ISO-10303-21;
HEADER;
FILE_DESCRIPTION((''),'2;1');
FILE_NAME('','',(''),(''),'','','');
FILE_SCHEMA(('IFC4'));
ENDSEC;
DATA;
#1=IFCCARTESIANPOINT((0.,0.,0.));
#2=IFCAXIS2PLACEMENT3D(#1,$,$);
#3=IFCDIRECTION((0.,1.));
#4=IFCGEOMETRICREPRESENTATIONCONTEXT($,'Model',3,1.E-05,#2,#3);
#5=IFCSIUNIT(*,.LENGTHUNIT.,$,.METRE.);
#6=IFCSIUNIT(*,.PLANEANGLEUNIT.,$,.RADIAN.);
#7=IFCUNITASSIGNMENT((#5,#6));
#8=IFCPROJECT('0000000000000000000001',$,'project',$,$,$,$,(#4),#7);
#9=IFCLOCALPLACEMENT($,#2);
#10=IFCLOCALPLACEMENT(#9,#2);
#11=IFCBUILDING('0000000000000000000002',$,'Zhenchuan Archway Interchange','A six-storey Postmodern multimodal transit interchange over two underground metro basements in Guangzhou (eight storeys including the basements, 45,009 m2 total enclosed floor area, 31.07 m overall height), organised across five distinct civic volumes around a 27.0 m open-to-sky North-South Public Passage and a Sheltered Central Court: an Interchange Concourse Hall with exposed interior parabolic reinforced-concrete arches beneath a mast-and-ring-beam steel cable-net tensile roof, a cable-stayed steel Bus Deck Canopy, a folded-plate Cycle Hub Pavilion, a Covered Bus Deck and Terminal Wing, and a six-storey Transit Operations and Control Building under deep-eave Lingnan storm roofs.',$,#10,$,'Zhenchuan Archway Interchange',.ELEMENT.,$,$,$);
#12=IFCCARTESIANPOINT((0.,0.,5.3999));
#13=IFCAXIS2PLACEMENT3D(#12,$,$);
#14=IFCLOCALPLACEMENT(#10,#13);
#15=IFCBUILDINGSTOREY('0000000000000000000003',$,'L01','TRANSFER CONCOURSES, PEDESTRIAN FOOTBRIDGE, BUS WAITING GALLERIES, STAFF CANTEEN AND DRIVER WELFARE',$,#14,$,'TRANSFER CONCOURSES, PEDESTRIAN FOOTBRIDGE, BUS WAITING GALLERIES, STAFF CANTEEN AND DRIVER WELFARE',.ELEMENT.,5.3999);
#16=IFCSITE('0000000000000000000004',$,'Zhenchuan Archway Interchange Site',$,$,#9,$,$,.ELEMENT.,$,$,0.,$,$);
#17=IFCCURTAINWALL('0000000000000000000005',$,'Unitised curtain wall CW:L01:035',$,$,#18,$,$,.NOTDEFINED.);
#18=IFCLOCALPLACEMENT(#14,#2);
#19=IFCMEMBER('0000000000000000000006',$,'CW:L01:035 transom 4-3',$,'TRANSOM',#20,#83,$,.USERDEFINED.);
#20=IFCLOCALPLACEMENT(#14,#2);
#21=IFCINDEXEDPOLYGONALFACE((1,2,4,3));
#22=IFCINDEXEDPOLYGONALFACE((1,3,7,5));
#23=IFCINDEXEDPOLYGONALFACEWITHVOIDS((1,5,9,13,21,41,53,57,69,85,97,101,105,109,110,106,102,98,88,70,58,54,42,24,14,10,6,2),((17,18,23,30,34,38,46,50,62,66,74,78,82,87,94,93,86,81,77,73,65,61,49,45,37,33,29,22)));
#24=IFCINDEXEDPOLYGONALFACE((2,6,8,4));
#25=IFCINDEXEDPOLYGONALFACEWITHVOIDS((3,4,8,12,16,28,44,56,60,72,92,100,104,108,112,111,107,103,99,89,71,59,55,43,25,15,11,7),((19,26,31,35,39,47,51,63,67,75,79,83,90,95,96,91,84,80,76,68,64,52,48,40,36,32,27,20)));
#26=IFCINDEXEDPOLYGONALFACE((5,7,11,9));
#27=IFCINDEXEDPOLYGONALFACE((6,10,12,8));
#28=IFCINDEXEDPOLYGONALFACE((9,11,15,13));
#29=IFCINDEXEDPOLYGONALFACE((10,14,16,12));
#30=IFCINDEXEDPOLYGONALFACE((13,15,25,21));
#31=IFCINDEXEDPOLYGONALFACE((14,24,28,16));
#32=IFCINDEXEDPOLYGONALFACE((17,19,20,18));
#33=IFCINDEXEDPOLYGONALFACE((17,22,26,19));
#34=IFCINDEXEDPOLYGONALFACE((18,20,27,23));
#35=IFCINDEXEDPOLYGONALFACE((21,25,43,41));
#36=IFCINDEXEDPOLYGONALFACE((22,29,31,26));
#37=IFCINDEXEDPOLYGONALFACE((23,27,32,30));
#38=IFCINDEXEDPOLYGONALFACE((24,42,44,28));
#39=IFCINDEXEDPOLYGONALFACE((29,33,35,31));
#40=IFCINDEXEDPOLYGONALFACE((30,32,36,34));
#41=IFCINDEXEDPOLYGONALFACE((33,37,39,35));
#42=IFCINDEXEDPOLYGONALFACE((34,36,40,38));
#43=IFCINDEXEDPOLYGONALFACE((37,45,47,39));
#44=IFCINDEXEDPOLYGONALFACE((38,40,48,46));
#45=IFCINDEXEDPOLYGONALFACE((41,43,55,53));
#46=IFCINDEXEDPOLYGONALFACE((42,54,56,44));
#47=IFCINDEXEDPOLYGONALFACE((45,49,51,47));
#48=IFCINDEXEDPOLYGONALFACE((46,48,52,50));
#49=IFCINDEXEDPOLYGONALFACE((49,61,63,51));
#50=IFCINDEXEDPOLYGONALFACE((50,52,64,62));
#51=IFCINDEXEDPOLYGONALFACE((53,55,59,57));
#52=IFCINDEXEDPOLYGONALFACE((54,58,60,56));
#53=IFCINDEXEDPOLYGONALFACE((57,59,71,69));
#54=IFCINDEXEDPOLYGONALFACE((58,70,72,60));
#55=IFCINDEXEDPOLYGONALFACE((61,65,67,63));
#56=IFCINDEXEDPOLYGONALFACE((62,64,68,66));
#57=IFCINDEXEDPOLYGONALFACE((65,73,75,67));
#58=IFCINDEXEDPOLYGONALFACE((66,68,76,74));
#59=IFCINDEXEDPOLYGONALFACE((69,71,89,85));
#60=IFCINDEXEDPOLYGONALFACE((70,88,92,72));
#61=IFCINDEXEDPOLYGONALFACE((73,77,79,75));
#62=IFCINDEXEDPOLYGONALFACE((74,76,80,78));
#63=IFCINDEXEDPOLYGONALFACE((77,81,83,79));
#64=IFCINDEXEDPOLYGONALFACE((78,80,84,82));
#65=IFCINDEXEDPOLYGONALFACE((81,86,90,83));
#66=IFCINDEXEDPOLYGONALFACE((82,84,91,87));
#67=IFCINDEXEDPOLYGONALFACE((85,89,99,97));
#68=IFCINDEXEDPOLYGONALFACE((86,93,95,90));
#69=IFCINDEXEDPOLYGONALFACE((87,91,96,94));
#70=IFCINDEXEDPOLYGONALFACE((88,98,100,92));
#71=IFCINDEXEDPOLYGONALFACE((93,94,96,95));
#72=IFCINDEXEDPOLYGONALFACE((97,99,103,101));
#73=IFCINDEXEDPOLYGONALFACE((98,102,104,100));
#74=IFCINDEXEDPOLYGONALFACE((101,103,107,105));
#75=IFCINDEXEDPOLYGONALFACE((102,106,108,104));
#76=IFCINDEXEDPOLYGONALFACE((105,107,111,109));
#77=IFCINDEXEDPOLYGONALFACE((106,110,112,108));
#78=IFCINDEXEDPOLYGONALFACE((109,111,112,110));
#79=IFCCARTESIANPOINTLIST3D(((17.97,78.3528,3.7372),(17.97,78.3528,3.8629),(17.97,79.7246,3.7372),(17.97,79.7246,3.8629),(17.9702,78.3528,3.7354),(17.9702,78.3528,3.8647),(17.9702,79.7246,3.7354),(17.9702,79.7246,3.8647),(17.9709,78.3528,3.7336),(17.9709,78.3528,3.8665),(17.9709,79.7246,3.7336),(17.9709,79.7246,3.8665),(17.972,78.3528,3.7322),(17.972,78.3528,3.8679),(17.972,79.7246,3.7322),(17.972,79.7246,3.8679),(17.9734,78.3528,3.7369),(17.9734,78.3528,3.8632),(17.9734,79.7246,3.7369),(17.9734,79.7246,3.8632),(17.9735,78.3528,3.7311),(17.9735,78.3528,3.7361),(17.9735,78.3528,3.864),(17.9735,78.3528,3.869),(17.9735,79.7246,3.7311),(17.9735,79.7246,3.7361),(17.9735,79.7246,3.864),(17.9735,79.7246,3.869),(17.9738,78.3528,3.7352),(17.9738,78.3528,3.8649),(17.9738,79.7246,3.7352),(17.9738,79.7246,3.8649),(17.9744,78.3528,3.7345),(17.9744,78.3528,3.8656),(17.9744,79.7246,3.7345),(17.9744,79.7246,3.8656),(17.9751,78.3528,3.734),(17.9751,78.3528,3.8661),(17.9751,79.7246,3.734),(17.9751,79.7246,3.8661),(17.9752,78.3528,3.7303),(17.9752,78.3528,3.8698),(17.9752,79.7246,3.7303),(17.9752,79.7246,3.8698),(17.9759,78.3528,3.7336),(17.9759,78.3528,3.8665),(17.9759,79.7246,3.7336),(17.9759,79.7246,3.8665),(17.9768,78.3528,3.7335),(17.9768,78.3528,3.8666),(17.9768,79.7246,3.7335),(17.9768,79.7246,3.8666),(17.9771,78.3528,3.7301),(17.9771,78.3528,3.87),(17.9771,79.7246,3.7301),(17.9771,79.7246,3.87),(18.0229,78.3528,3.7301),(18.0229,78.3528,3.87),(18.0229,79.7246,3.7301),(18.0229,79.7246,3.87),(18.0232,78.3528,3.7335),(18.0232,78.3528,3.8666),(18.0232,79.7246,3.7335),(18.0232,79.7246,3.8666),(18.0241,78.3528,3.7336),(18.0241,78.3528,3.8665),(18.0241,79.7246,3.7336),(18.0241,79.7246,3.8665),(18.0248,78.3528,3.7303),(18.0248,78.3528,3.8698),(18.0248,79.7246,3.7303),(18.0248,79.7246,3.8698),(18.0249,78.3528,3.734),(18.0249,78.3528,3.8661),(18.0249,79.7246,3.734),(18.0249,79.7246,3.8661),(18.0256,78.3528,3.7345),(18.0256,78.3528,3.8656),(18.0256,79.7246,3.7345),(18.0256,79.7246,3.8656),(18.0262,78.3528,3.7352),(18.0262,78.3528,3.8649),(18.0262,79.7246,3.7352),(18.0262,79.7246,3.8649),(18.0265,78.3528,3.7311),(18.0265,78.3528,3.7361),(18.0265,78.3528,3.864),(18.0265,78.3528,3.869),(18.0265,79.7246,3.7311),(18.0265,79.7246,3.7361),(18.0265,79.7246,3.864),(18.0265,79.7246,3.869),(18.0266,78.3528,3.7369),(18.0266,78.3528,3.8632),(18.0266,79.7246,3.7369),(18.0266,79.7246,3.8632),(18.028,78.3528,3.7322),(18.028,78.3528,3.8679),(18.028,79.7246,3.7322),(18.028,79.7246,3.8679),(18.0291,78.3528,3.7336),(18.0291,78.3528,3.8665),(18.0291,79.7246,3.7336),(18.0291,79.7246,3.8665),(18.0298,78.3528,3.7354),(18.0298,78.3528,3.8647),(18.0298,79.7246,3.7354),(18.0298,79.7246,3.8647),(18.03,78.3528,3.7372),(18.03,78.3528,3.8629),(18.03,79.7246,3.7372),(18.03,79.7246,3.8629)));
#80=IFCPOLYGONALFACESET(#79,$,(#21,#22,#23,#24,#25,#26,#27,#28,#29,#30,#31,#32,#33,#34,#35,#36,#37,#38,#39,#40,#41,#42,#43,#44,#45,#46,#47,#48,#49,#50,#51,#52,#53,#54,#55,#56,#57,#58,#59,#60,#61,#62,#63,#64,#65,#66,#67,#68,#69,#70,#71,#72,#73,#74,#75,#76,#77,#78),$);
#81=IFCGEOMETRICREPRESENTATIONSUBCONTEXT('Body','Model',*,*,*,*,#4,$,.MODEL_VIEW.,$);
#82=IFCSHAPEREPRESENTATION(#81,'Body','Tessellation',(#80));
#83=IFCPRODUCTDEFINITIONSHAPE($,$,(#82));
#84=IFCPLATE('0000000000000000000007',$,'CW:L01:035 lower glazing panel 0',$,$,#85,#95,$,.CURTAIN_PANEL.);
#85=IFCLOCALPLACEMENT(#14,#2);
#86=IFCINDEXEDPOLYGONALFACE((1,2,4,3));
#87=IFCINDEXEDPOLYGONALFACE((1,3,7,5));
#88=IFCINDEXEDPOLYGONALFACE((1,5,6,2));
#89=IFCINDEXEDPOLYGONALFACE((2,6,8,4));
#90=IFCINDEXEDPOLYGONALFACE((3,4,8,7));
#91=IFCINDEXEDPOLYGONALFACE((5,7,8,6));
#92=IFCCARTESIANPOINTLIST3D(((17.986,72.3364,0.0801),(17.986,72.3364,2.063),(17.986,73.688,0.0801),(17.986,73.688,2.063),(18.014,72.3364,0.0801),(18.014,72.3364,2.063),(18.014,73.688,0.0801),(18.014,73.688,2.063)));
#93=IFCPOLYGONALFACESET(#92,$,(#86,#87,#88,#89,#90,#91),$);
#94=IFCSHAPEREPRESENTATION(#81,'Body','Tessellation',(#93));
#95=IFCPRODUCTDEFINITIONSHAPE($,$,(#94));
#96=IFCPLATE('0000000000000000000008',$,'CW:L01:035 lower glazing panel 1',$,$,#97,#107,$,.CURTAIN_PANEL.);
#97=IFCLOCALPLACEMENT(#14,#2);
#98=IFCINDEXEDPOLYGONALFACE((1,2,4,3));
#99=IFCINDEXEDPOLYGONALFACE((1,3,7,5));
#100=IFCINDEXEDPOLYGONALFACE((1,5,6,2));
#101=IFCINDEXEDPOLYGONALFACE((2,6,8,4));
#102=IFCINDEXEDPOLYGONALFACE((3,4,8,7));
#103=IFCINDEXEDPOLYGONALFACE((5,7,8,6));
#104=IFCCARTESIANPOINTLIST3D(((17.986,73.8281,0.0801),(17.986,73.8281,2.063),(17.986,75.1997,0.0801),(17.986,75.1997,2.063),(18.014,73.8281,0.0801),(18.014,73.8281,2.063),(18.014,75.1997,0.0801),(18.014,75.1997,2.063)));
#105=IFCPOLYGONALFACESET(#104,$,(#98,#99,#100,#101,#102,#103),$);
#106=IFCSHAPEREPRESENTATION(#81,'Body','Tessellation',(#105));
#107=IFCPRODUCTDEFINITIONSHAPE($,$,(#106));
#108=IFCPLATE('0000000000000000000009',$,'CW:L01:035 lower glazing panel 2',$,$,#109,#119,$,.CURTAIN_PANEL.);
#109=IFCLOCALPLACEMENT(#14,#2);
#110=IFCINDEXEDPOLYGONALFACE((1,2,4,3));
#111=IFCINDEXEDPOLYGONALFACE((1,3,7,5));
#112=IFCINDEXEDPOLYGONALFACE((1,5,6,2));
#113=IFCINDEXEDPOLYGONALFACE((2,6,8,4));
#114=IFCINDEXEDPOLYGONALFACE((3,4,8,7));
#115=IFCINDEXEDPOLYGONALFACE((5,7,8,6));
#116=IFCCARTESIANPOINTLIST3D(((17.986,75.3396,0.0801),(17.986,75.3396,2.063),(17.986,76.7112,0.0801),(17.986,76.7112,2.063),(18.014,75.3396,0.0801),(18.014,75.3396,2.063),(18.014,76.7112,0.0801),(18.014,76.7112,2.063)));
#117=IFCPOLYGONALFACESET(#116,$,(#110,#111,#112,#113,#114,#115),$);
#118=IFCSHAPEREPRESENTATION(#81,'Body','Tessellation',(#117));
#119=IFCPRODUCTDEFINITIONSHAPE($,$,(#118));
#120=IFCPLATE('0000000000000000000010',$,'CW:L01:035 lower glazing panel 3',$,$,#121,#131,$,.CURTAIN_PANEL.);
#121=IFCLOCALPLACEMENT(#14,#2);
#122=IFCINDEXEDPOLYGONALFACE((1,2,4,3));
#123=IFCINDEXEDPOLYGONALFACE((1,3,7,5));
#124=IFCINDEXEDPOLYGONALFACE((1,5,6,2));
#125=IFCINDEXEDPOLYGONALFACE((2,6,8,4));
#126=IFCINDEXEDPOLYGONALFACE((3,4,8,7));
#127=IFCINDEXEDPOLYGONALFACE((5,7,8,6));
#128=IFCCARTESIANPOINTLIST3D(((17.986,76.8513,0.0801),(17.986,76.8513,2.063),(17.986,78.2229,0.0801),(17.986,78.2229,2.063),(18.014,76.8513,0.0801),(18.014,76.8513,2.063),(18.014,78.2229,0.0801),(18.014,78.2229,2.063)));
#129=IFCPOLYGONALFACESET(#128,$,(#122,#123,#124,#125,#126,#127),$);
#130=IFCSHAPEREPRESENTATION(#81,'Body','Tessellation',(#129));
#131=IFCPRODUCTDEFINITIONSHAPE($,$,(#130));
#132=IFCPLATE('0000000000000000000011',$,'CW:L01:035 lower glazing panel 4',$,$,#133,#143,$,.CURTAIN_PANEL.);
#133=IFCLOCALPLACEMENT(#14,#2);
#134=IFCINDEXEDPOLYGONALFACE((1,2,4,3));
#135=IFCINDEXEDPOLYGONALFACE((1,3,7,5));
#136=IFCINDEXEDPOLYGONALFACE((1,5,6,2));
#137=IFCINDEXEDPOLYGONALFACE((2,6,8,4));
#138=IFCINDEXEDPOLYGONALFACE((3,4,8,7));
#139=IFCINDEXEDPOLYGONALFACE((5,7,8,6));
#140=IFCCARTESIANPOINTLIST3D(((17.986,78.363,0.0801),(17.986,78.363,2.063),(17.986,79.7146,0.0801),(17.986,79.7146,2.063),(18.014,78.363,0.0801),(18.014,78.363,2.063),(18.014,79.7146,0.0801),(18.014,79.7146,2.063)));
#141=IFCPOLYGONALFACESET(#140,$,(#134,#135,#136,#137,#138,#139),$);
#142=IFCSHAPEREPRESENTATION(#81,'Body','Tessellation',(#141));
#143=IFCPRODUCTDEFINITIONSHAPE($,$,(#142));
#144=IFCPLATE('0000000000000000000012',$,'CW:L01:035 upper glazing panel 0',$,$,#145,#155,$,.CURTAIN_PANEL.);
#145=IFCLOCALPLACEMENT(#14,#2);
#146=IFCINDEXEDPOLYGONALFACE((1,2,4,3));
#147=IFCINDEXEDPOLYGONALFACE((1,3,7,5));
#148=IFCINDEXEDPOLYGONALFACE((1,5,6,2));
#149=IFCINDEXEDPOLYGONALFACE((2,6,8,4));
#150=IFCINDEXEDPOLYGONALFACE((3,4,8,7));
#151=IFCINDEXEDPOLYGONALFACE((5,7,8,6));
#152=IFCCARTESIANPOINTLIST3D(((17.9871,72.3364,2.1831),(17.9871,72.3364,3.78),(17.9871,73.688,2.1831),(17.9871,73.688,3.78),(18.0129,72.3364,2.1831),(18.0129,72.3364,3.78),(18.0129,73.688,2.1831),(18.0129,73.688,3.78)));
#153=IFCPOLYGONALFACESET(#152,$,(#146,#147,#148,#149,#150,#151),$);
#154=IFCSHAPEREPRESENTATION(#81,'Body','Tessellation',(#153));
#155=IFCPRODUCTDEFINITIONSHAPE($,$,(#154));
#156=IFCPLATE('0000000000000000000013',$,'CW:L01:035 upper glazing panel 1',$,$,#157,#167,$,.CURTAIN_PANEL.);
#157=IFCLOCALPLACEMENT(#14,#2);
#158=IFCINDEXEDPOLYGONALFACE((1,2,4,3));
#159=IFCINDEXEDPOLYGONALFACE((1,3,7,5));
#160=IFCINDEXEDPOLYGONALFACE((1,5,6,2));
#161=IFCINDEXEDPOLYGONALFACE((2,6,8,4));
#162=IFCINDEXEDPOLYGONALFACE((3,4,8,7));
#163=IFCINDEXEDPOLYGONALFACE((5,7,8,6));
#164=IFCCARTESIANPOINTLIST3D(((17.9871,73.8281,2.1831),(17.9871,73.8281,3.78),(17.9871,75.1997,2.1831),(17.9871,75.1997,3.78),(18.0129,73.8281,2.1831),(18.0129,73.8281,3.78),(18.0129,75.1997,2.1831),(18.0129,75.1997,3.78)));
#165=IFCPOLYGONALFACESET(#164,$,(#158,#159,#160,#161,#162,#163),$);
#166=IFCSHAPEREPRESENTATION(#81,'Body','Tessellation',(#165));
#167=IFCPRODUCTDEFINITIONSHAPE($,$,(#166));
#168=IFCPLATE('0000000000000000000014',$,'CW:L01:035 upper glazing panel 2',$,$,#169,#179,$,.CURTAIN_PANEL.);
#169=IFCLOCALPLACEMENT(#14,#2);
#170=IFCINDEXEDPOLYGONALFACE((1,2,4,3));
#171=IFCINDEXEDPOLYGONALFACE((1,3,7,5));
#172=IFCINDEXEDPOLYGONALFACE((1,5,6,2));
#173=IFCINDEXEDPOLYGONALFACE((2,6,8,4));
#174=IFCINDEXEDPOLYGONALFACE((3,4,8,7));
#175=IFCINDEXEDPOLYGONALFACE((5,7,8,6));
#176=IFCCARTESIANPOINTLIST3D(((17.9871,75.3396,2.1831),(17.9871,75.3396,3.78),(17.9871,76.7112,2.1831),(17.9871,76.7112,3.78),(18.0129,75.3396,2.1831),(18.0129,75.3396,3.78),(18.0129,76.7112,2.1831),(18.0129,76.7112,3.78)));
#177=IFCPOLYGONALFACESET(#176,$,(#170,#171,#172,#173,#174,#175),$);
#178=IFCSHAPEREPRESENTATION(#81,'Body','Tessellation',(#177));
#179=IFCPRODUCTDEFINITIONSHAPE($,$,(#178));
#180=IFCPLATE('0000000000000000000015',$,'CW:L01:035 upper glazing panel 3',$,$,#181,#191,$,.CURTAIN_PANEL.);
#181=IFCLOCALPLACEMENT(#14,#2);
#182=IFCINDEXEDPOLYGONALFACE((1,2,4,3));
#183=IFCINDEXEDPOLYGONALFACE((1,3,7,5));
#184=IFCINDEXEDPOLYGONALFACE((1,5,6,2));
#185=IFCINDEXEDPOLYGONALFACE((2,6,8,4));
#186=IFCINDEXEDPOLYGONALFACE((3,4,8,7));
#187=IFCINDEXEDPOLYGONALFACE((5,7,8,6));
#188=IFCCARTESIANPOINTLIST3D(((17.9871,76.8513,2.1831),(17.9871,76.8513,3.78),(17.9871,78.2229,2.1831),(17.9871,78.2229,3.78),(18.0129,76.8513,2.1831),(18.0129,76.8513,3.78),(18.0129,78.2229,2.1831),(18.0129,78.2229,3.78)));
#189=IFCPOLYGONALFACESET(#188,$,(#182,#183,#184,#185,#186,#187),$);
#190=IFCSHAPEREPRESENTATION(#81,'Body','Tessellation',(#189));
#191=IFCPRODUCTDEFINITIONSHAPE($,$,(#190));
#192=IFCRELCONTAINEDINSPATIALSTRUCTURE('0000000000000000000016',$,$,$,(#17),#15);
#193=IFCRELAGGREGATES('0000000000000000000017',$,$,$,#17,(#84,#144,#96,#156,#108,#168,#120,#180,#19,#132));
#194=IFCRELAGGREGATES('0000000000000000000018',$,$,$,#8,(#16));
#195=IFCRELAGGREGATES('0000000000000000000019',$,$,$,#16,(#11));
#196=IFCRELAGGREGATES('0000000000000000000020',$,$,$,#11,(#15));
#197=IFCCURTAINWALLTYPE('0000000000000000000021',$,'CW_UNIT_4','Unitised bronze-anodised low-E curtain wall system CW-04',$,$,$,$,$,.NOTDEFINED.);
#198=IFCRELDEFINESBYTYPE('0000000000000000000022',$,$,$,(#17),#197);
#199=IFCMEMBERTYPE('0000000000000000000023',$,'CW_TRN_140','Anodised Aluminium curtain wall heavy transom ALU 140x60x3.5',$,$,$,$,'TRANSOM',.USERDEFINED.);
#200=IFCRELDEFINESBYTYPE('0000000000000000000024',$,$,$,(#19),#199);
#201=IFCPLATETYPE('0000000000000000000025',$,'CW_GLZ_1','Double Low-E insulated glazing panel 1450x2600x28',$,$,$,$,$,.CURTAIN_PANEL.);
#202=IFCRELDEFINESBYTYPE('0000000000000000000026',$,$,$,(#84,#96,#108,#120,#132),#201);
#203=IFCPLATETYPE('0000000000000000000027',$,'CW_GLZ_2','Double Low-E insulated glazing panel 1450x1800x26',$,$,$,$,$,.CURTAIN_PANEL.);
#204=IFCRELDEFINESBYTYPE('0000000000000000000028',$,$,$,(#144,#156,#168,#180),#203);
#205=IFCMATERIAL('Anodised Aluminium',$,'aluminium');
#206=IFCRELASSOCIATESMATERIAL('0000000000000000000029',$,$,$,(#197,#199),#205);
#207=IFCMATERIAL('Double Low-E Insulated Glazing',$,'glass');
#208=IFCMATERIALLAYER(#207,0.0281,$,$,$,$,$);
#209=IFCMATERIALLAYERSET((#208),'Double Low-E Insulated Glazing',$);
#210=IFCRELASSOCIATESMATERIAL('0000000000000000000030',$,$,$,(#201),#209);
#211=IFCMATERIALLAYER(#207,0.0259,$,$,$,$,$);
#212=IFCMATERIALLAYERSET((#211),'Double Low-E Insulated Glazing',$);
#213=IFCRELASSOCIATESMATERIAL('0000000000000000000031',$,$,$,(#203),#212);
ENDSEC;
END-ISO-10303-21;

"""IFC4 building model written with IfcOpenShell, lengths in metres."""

from ifc_helpers import new_model, si_unit, direction, frame, origin, origin_2d, place, context, subcontext, project, spatial, rectangle, hollow_rectangle, extrude, material, layer, layer_set, material_profile, profile_set, type_object, element, aggregate, save


model = new_model("IFC4")

# Units and contexts
model_context = context("Model", 3, precision=1e-05, world=origin(), true_north=direction((0.0, 1.0)))
body_context = subcontext(model_context, "Body", "Model", "MODEL_VIEW")
ifc_project = project(units=[si_unit("LENGTHUNIT", "METRE"), si_unit("PLANEANGLEUNIT", "RADIAN")], contexts=[model_context])

# Site, building, storey
site_placement = place(None, origin())
site = spatial("IfcSite", under=ifc_project, at=site_placement, Name="Zhenchuan Archway Interchange Site", CompositionType="ELEMENT", RefElevation=0.0)
building_placement = place(site_placement, origin())
building = spatial("IfcBuilding", under=site, at=building_placement, Name="Zhenchuan Archway Interchange", Description="A six-storey Postmodern multimodal transit interchange over two underground metro basements in Guangzhou (eight storeys including the basements, 45,009 m2 total enclosed floor area, 31.07 m overall height), organised across five distinct civic volumes around a 27.0 m open-to-sky North-South Public Passage and a Sheltered Central Court: an Interchange Concourse Hall with exposed interior parabolic reinforced-concrete arches beneath a mast-and-ring-beam steel cable-net tensile roof, a cable-stayed steel Bus Deck Canopy, a folded-plate Cycle Hub Pavilion, a Covered Bus Deck and Terminal Wing, and a six-storey Transit Operations and Control Building under deep-eave Lingnan storm roofs.", LongName="Zhenchuan Archway Interchange", CompositionType="ELEMENT")
storey_placement = place(building_placement, frame((0.0, 0.0, 5.3999)))
storey = spatial("IfcBuildingStorey", under=building, at=storey_placement, Name="L01", Description="TRANSFER CONCOURSES, PEDESTRIAN FOOTBRIDGE, BUS WAITING GALLERIES, STAFF CANTEEN AND DRIVER WELFARE", LongName="TRANSFER CONCOURSES, PEDESTRIAN FOOTBRIDGE, BUS WAITING GALLERIES, STAFF CANTEEN AND DRIVER WELFARE", CompositionType="ELEMENT", Elevation=5.3999)

# Curtain wall, member, plates
ifc_material_1 = material(Name="Anodised Aluminium", Category="aluminium")
curtain_wall_type = type_object("IfcCurtainWallType", Name="CW_UNIT_4", Description="Unitised bronze-anodised low-E curtain wall system CW-04", PredefinedType="NOTDEFINED", material=ifc_material_1)
curtain_wall_placement = place(storey_placement, origin())
curtain_wall = element("IfcCurtainWall", 1, at=curtain_wall_placement, inside=storey, type_object=curtain_wall_type, Name="Unitised curtain wall CW:L01:035", PredefinedType="NOTDEFINED")
ifc_material_profile_1 = material_profile(ifc_material_1, hollow_rectangle(XDim=0.0601, YDim=0.1399, WallThickness=0.0034, InnerFilletRadius=0.0034, OuterFilletRadius=0.0071, at=origin_2d()), Name="ALU 140x60x3.5")
ifc_profile_set_1 = profile_set([ifc_material_profile_1], Name="Anodised Aluminium")
member_type_1 = type_object("IfcMemberType", Name="CW_TRN_140", Description="Anodised Aluminium curtain wall heavy transom ALU 140x60x3.5", ElementType="TRANSOM", PredefinedType="USERDEFINED", material=ifc_profile_set_1)
member_1_placement = place(storey_placement, frame((18.0, 78.3528, 3.8), z_axis=(0.0, 1.0, 0.0), x_axis=(-1.0, 0.0, 0.0)))
member_1 = element("IfcMember", 2, at=member_1_placement, type_object=member_type_1, Name="CW:L01:035 transom 4-3", ObjectType="TRANSOM", PredefinedType="USERDEFINED", context=body_context, shape_type="SweptSolid", body=[
    extrude(hollow_rectangle(XDim=0.0601, YDim=0.1399, WallThickness=0.0034, InnerFilletRadius=0.0034, OuterFilletRadius=0.0071, at=origin_2d()), origin(), (0.0, 0.0, 1.0), 1.3718),
])
ifc_material_2 = material(Name="Double Low-E Insulated Glazing", Category="glass")
ifc_layer_1 = layer(ifc_material_2, 0.0281)
ifc_layer_set_1 = layer_set([ifc_layer_1], Name="Double Low-E Insulated Glazing")
plate_type_1 = type_object("IfcPlateType", Name="CW_GLZ_1", Description="Double Low-E insulated glazing panel 1450x2600x28", PredefinedType="CURTAIN_PANEL", material=ifc_layer_set_1)
plate_1_placement = place(storey_placement, frame((18.0, 73.0122, 0.0801), z_axis=(0.0, 0.0, 1.0), x_axis=(0.0, 1.0, 0.0)))
plate_1 = element("IfcPlate", 3, at=plate_1_placement, type_object=plate_type_1, Name="CW:L01:035 lower glazing panel 0", PredefinedType="CURTAIN_PANEL", context=body_context, shape_type="SweptSolid", body=[
    extrude(rectangle(XDim=1.3516, YDim=0.0281, at=origin_2d()), origin(), (0.0, 0.0, 1.0), 1.9829),
])
plate_2_placement = place(storey_placement, frame((18.0, 74.5139, 0.0801), z_axis=(0.0, 0.0, 1.0), x_axis=(0.0, 1.0, 0.0)))
plate_2 = element("IfcPlate", 4, at=plate_2_placement, type_object=plate_type_1, Name="CW:L01:035 lower glazing panel 1", PredefinedType="CURTAIN_PANEL", context=body_context, shape_type="SweptSolid", body=[
    extrude(rectangle(XDim=1.3716, YDim=0.0281, at=origin_2d()), origin(), (0.0, 0.0, 1.0), 1.9829),
])
plate_3_placement = place(storey_placement, frame((18.0, 76.0254, 0.0801), z_axis=(0.0, 0.0, 1.0), x_axis=(0.0, 1.0, 0.0)))
plate_3 = element("IfcPlate", 5, at=plate_3_placement, type_object=plate_type_1, Name="CW:L01:035 lower glazing panel 2", PredefinedType="CURTAIN_PANEL", context=body_context, shape_type="SweptSolid", body=[
    extrude(rectangle(XDim=1.3716, YDim=0.0281, at=origin_2d()), origin(), (0.0, 0.0, 1.0), 1.9829),
])
plate_4_placement = place(storey_placement, frame((18.0, 77.5371, 0.0801), z_axis=(0.0, 0.0, 1.0), x_axis=(0.0, 1.0, 0.0)))
plate_4 = element("IfcPlate", 6, at=plate_4_placement, type_object=plate_type_1, Name="CW:L01:035 lower glazing panel 3", PredefinedType="CURTAIN_PANEL", context=body_context, shape_type="SweptSolid", body=[
    extrude(rectangle(XDim=1.3716, YDim=0.0281, at=origin_2d()), origin(), (0.0, 0.0, 1.0), 1.9829),
])
plate_5_placement = place(storey_placement, frame((18.0, 79.0388, 0.0801), z_axis=(0.0, 0.0, 1.0), x_axis=(0.0, 1.0, 0.0)))
plate_5 = element("IfcPlate", 7, at=plate_5_placement, type_object=plate_type_1, Name="CW:L01:035 lower glazing panel 4", PredefinedType="CURTAIN_PANEL", context=body_context, shape_type="SweptSolid", body=[
    extrude(rectangle(XDim=1.3516, YDim=0.0281, at=origin_2d()), origin(), (0.0, 0.0, 1.0), 1.9829),
])
ifc_layer_2 = layer(ifc_material_2, 0.0259)
ifc_layer_set_2 = layer_set([ifc_layer_2], Name="Double Low-E Insulated Glazing")
plate_type_2 = type_object("IfcPlateType", Name="CW_GLZ_2", Description="Double Low-E insulated glazing panel 1450x1800x26", PredefinedType="CURTAIN_PANEL", material=ifc_layer_set_2)
plate_6_placement = place(storey_placement, frame((18.0, 73.0122, 2.1831), z_axis=(0.0, 0.0, 1.0), x_axis=(0.0, 1.0, 0.0)))
plate_6 = element("IfcPlate", 8, at=plate_6_placement, type_object=plate_type_2, Name="CW:L01:035 upper glazing panel 0", PredefinedType="CURTAIN_PANEL", context=body_context, shape_type="SweptSolid", body=[
    extrude(rectangle(XDim=1.3516, YDim=0.0259, at=origin_2d()), origin(), (0.0, 0.0, 1.0), 1.5969),
])
plate_7_placement = place(storey_placement, frame((18.0, 74.5139, 2.1831), z_axis=(0.0, 0.0, 1.0), x_axis=(0.0, 1.0, 0.0)))
plate_7 = element("IfcPlate", 9, at=plate_7_placement, type_object=plate_type_2, Name="CW:L01:035 upper glazing panel 1", PredefinedType="CURTAIN_PANEL", context=body_context, shape_type="SweptSolid", body=[
    extrude(rectangle(XDim=1.3716, YDim=0.0259, at=origin_2d()), origin(), (0.0, 0.0, 1.0), 1.5969),
])
plate_8_placement = place(storey_placement, frame((18.0, 76.0254, 2.1831), z_axis=(0.0, 0.0, 1.0), x_axis=(0.0, 1.0, 0.0)))
plate_8 = element("IfcPlate", 10, at=plate_8_placement, type_object=plate_type_2, Name="CW:L01:035 upper glazing panel 2", PredefinedType="CURTAIN_PANEL", context=body_context, shape_type="SweptSolid", body=[
    extrude(rectangle(XDim=1.3716, YDim=0.0259, at=origin_2d()), origin(), (0.0, 0.0, 1.0), 1.5969),
])
plate_9_placement = place(storey_placement, frame((18.0, 77.5371, 2.1831), z_axis=(0.0, 0.0, 1.0), x_axis=(0.0, 1.0, 0.0)))
plate_9 = element("IfcPlate", 11, at=plate_9_placement, type_object=plate_type_2, Name="CW:L01:035 upper glazing panel 3", PredefinedType="CURTAIN_PANEL", context=body_context, shape_type="SweptSolid", body=[
    extrude(rectangle(XDim=1.3716, YDim=0.0259, at=origin_2d()), origin(), (0.0, 0.0, 1.0), 1.5969),
])
aggregate(curtain_wall, [plate_1, plate_6, plate_2, plate_7, plate_3, plate_8, plate_4, plate_9, member_1, plate_5])

save(model, "model.ifc")
